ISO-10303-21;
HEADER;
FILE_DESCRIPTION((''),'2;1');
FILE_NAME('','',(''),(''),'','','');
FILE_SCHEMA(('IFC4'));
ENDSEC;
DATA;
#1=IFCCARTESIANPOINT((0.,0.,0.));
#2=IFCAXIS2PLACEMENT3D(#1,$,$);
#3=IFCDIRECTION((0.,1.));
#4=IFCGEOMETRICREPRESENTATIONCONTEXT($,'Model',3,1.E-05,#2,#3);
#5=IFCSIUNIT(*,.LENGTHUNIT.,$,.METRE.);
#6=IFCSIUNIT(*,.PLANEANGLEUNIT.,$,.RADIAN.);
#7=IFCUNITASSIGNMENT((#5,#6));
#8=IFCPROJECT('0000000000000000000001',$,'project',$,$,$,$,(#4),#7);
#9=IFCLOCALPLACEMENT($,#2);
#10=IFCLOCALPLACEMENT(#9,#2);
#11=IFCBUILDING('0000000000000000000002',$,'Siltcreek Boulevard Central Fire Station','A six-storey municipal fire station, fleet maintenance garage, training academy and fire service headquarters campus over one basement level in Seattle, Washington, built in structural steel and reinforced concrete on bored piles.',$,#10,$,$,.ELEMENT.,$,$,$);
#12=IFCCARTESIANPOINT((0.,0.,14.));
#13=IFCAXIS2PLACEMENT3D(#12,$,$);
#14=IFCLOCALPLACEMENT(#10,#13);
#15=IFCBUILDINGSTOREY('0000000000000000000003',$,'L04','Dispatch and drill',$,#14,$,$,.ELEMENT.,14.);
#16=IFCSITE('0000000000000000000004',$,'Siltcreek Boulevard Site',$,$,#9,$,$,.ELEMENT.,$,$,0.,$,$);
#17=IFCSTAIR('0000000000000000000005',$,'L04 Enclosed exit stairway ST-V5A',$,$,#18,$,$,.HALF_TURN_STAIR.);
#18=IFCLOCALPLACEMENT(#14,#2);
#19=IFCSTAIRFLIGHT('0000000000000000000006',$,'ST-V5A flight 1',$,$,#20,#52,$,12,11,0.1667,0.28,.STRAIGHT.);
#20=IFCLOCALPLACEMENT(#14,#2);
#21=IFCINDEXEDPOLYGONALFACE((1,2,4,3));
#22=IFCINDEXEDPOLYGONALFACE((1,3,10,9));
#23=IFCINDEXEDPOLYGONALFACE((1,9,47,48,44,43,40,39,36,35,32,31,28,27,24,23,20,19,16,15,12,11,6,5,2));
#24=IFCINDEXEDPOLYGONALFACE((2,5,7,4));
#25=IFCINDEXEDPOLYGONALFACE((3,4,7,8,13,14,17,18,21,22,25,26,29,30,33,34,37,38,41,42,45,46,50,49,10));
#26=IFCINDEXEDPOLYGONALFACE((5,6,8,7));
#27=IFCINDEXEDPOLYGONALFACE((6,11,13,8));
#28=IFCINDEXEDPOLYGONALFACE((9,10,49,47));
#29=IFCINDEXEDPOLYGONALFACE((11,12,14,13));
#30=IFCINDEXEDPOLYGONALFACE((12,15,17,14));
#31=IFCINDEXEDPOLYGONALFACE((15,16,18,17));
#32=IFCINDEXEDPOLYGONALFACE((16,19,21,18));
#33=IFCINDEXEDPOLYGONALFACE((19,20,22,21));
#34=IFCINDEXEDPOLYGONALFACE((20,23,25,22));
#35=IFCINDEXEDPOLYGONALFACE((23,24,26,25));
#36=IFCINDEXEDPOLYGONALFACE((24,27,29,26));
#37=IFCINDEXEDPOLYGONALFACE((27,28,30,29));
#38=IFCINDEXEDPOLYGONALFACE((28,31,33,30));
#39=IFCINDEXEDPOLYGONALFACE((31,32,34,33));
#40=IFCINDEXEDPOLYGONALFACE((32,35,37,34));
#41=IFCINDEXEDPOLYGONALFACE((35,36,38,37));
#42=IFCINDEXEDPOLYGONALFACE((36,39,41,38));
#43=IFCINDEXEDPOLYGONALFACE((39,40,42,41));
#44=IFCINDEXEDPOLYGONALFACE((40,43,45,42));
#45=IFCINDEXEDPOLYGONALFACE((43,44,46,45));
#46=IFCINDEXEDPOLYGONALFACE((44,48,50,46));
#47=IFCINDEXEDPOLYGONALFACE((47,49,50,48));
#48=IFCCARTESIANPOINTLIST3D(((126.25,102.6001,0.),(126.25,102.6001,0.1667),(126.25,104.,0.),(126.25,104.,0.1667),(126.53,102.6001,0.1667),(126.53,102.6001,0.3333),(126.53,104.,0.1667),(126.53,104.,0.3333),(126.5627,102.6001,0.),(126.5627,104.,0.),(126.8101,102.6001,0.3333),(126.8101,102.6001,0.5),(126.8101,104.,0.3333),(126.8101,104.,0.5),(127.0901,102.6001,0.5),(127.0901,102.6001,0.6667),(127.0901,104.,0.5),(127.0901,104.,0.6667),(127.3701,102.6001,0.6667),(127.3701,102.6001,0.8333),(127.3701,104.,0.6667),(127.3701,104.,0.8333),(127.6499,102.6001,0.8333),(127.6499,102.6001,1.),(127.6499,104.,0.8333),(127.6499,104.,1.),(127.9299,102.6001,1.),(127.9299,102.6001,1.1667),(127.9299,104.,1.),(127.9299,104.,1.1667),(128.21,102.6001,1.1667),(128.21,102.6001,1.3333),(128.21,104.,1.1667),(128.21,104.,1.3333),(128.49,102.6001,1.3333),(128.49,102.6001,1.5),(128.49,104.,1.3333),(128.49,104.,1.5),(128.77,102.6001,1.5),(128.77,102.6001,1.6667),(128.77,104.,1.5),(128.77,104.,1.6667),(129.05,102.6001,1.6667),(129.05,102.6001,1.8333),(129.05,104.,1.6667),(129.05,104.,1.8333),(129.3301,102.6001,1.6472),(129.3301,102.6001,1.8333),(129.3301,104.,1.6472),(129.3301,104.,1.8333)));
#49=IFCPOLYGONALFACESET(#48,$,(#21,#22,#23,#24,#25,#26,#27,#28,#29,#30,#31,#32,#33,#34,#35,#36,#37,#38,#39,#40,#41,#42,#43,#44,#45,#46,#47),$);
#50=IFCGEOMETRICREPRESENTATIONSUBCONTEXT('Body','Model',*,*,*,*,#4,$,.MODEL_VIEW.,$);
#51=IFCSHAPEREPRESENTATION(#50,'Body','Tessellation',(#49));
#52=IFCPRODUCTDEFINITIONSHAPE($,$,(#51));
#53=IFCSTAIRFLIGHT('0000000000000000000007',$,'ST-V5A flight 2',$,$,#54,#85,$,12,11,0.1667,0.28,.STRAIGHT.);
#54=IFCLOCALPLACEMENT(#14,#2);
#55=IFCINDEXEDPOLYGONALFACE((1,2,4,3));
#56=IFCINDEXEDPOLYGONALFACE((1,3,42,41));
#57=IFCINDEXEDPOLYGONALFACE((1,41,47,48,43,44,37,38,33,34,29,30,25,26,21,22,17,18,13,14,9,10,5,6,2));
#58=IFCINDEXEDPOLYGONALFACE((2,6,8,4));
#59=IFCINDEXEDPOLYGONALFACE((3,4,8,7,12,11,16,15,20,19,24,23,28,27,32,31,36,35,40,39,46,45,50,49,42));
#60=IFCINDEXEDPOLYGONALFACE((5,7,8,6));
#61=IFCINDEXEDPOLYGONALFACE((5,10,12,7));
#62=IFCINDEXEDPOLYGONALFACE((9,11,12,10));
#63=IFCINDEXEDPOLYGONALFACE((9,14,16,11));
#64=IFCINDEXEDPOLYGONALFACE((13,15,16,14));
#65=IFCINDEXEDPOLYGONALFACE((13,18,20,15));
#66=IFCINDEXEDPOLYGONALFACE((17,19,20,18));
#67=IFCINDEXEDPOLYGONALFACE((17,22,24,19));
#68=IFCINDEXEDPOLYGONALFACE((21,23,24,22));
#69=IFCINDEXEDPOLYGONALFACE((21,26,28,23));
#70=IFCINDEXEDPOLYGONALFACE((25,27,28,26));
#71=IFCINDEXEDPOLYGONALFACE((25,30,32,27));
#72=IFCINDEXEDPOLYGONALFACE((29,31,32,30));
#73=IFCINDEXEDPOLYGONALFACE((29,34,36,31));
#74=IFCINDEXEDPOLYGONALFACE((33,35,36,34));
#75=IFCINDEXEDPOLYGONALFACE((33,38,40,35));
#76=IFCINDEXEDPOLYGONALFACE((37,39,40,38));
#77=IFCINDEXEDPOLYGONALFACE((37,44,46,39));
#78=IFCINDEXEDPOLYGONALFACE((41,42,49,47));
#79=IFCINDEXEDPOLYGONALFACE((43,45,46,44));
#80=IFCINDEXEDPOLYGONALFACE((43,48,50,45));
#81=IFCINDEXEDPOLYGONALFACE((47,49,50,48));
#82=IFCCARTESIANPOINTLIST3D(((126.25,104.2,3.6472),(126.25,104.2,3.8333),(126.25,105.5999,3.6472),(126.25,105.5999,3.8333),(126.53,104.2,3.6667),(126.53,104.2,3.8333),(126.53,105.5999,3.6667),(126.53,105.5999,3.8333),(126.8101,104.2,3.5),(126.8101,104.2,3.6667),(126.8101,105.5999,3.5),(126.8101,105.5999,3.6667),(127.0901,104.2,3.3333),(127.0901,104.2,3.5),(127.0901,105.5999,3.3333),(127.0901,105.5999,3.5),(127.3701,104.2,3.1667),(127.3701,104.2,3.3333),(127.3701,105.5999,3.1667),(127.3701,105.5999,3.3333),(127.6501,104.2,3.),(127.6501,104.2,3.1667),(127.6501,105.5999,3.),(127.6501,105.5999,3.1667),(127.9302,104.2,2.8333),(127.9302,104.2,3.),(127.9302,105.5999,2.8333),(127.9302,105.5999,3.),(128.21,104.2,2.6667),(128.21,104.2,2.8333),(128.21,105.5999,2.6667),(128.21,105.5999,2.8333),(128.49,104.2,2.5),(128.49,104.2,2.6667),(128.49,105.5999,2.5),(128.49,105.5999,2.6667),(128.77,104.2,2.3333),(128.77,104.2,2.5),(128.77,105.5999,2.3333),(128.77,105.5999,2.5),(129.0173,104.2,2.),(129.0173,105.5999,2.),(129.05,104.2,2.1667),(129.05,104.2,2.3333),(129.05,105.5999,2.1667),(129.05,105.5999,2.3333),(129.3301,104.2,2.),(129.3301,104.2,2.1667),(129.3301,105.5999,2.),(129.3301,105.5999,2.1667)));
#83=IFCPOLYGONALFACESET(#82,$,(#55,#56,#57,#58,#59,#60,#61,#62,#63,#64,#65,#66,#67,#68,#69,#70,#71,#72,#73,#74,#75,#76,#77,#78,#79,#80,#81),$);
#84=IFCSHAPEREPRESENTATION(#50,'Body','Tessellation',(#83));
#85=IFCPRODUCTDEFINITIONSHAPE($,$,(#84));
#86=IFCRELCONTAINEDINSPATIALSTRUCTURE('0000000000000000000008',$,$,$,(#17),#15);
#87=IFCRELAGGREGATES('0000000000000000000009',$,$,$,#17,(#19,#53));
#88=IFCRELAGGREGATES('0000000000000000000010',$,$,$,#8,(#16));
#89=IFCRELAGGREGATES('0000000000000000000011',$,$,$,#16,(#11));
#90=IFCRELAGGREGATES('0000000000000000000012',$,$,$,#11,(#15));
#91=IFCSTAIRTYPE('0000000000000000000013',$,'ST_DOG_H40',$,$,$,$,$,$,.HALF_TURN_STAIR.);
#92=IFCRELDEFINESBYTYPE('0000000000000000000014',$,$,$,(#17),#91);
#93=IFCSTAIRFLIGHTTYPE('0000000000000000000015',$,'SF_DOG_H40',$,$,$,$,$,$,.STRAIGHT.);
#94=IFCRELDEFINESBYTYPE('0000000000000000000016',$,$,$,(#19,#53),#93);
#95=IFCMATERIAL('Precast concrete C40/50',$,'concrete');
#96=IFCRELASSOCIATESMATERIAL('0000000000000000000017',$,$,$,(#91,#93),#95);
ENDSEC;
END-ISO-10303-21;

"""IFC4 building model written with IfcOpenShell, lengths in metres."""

from ifc_helpers import new_model, si_unit, direction, frame, origin, place, context, subcontext, project, spatial, polyline, outline, extrude, material, type_object, element, aggregate, save


model = new_model("IFC4")

# Units and contexts
model_context = context("Model", 3, precision=1e-05, world=origin(), true_north=direction((0.0, 1.0)))
body_context = subcontext(model_context, "Body", "Model", "MODEL_VIEW")
ifc_project = project(units=[si_unit("LENGTHUNIT", "METRE"), si_unit("PLANEANGLEUNIT", "RADIAN")], contexts=[model_context])

# Site, building, storey
site_placement = place(None, origin())
site = spatial("IfcSite", under=ifc_project, at=site_placement, Name="Siltcreek Boulevard Site", CompositionType="ELEMENT", RefElevation=0.0)
building_placement = place(site_placement, origin())
building = spatial("IfcBuilding", under=site, at=building_placement, Name="Siltcreek Boulevard Central Fire Station", Description="A six-storey municipal fire station, fleet maintenance garage, training academy and fire service headquarters campus over one basement level in Seattle, Washington, built in structural steel and reinforced concrete on bored piles.", CompositionType="ELEMENT")
storey_placement = place(building_placement, frame((0.0, 0.0, 14.0)))
storey = spatial("IfcBuildingStorey", under=building, at=storey_placement, Name="L04", Description="Dispatch and drill", CompositionType="ELEMENT", Elevation=14.0)

# Stair, stair flights
ifc_material_1 = material(Name="Precast concrete C40/50", Category="concrete")
stair_type = type_object("IfcStairType", Name="ST_DOG_H40", PredefinedType="HALF_TURN_STAIR", material=ifc_material_1)
stair_placement = place(storey_placement, origin())
stair = element("IfcStair", 1, at=stair_placement, inside=storey, type_object=stair_type, Name="L04 Enclosed exit stairway ST-V5A", PredefinedType="HALF_TURN_STAIR")
stair_flight_type = type_object("IfcStairFlightType", Name="SF_DOG_H40", PredefinedType="STRAIGHT", material=ifc_material_1)
stair_flight_1_placement = place(storey_placement, frame((126.25, 103.3, 0.0), z_axis=(0.0, 0.0, 1.0), x_axis=(1.0, 0.0, 0.0)))
stair_flight_1 = element("IfcStairFlight", 2, at=stair_flight_1_placement, type_object=stair_flight_type, Name="ST-V5A flight 1", NumberOfRisers=12, NumberOfTreads=11, PredefinedType="STRAIGHT", RiserHeight=0.1667, TreadLength=0.28, context=body_context, shape_type="SweptSolid", body=[
    extrude(outline(polyline([(0.0, 0.0), (0.0, 0.1667), (0.28, 0.1667), (0.28, 0.3333), (0.5601, 0.3333), (0.5601, 0.5), (0.8401, 0.5), (0.8401, 0.6667), (1.1201, 0.6667), (1.1201, 0.8333), (1.3999, 0.8333), (1.3999, 1.0), (1.6799, 1.0), (1.6799, 1.1667), (1.96, 1.1667), (1.96, 1.3333), (2.24, 1.3333), (2.24, 1.5), (2.52, 1.5), (2.52, 1.6667), (2.8, 1.6667), (2.8, 1.8333), (3.0801, 1.8333), (3.0801, 2.0), (3.0801, 1.6472), (0.3127, 0.0), (0.0, 0.0)])), frame((0.0, 0.7, 0.0), z_axis=(0.0, -1.0, 0.0), x_axis=(1.0, 0.0, 0.0)), (0.0, 0.0, 1.0), 1.3999),
])
stair_flight_2_placement = place(storey_placement, frame((129.3301, 104.8999, 2.0), z_axis=(0.0, 0.0, 1.0), x_axis=(-1.0, 0.0, 0.0)))
stair_flight_2 = element("IfcStairFlight", 3, at=stair_flight_2_placement, type_object=stair_flight_type, Name="ST-V5A flight 2", NumberOfRisers=12, NumberOfTreads=11, PredefinedType="STRAIGHT", RiserHeight=0.1667, TreadLength=0.28, context=body_context, shape_type="SweptSolid", body=[
    extrude(outline(polyline([(0.0, 0.0), (0.0, 0.1667), (0.28, 0.1667), (0.28, 0.3333), (0.5601, 0.3333), (0.5601, 0.5), (0.8401, 0.5), (0.8401, 0.6667), (1.1201, 0.6667), (1.1201, 0.8333), (1.3999, 0.8333), (1.3999, 1.0), (1.6799, 1.0), (1.6799, 1.1667), (1.96, 1.1667), (1.96, 1.3333), (2.24, 1.3333), (2.24, 1.5), (2.52, 1.5), (2.52, 1.6667), (2.8, 1.6667), (2.8, 1.8333), (3.0801, 1.8333), (3.0801, 2.0), (3.0801, 1.6472), (0.3127, 0.0), (0.0, 0.0)])), frame((0.0, 0.7, 0.0), z_axis=(0.0, -1.0, 0.0), x_axis=(1.0, 0.0, 0.0)), (0.0, 0.0, 1.0), 1.3999),
])
aggregate(stair, [stair_flight_1, stair_flight_2])

save(model, "model.ifc")
